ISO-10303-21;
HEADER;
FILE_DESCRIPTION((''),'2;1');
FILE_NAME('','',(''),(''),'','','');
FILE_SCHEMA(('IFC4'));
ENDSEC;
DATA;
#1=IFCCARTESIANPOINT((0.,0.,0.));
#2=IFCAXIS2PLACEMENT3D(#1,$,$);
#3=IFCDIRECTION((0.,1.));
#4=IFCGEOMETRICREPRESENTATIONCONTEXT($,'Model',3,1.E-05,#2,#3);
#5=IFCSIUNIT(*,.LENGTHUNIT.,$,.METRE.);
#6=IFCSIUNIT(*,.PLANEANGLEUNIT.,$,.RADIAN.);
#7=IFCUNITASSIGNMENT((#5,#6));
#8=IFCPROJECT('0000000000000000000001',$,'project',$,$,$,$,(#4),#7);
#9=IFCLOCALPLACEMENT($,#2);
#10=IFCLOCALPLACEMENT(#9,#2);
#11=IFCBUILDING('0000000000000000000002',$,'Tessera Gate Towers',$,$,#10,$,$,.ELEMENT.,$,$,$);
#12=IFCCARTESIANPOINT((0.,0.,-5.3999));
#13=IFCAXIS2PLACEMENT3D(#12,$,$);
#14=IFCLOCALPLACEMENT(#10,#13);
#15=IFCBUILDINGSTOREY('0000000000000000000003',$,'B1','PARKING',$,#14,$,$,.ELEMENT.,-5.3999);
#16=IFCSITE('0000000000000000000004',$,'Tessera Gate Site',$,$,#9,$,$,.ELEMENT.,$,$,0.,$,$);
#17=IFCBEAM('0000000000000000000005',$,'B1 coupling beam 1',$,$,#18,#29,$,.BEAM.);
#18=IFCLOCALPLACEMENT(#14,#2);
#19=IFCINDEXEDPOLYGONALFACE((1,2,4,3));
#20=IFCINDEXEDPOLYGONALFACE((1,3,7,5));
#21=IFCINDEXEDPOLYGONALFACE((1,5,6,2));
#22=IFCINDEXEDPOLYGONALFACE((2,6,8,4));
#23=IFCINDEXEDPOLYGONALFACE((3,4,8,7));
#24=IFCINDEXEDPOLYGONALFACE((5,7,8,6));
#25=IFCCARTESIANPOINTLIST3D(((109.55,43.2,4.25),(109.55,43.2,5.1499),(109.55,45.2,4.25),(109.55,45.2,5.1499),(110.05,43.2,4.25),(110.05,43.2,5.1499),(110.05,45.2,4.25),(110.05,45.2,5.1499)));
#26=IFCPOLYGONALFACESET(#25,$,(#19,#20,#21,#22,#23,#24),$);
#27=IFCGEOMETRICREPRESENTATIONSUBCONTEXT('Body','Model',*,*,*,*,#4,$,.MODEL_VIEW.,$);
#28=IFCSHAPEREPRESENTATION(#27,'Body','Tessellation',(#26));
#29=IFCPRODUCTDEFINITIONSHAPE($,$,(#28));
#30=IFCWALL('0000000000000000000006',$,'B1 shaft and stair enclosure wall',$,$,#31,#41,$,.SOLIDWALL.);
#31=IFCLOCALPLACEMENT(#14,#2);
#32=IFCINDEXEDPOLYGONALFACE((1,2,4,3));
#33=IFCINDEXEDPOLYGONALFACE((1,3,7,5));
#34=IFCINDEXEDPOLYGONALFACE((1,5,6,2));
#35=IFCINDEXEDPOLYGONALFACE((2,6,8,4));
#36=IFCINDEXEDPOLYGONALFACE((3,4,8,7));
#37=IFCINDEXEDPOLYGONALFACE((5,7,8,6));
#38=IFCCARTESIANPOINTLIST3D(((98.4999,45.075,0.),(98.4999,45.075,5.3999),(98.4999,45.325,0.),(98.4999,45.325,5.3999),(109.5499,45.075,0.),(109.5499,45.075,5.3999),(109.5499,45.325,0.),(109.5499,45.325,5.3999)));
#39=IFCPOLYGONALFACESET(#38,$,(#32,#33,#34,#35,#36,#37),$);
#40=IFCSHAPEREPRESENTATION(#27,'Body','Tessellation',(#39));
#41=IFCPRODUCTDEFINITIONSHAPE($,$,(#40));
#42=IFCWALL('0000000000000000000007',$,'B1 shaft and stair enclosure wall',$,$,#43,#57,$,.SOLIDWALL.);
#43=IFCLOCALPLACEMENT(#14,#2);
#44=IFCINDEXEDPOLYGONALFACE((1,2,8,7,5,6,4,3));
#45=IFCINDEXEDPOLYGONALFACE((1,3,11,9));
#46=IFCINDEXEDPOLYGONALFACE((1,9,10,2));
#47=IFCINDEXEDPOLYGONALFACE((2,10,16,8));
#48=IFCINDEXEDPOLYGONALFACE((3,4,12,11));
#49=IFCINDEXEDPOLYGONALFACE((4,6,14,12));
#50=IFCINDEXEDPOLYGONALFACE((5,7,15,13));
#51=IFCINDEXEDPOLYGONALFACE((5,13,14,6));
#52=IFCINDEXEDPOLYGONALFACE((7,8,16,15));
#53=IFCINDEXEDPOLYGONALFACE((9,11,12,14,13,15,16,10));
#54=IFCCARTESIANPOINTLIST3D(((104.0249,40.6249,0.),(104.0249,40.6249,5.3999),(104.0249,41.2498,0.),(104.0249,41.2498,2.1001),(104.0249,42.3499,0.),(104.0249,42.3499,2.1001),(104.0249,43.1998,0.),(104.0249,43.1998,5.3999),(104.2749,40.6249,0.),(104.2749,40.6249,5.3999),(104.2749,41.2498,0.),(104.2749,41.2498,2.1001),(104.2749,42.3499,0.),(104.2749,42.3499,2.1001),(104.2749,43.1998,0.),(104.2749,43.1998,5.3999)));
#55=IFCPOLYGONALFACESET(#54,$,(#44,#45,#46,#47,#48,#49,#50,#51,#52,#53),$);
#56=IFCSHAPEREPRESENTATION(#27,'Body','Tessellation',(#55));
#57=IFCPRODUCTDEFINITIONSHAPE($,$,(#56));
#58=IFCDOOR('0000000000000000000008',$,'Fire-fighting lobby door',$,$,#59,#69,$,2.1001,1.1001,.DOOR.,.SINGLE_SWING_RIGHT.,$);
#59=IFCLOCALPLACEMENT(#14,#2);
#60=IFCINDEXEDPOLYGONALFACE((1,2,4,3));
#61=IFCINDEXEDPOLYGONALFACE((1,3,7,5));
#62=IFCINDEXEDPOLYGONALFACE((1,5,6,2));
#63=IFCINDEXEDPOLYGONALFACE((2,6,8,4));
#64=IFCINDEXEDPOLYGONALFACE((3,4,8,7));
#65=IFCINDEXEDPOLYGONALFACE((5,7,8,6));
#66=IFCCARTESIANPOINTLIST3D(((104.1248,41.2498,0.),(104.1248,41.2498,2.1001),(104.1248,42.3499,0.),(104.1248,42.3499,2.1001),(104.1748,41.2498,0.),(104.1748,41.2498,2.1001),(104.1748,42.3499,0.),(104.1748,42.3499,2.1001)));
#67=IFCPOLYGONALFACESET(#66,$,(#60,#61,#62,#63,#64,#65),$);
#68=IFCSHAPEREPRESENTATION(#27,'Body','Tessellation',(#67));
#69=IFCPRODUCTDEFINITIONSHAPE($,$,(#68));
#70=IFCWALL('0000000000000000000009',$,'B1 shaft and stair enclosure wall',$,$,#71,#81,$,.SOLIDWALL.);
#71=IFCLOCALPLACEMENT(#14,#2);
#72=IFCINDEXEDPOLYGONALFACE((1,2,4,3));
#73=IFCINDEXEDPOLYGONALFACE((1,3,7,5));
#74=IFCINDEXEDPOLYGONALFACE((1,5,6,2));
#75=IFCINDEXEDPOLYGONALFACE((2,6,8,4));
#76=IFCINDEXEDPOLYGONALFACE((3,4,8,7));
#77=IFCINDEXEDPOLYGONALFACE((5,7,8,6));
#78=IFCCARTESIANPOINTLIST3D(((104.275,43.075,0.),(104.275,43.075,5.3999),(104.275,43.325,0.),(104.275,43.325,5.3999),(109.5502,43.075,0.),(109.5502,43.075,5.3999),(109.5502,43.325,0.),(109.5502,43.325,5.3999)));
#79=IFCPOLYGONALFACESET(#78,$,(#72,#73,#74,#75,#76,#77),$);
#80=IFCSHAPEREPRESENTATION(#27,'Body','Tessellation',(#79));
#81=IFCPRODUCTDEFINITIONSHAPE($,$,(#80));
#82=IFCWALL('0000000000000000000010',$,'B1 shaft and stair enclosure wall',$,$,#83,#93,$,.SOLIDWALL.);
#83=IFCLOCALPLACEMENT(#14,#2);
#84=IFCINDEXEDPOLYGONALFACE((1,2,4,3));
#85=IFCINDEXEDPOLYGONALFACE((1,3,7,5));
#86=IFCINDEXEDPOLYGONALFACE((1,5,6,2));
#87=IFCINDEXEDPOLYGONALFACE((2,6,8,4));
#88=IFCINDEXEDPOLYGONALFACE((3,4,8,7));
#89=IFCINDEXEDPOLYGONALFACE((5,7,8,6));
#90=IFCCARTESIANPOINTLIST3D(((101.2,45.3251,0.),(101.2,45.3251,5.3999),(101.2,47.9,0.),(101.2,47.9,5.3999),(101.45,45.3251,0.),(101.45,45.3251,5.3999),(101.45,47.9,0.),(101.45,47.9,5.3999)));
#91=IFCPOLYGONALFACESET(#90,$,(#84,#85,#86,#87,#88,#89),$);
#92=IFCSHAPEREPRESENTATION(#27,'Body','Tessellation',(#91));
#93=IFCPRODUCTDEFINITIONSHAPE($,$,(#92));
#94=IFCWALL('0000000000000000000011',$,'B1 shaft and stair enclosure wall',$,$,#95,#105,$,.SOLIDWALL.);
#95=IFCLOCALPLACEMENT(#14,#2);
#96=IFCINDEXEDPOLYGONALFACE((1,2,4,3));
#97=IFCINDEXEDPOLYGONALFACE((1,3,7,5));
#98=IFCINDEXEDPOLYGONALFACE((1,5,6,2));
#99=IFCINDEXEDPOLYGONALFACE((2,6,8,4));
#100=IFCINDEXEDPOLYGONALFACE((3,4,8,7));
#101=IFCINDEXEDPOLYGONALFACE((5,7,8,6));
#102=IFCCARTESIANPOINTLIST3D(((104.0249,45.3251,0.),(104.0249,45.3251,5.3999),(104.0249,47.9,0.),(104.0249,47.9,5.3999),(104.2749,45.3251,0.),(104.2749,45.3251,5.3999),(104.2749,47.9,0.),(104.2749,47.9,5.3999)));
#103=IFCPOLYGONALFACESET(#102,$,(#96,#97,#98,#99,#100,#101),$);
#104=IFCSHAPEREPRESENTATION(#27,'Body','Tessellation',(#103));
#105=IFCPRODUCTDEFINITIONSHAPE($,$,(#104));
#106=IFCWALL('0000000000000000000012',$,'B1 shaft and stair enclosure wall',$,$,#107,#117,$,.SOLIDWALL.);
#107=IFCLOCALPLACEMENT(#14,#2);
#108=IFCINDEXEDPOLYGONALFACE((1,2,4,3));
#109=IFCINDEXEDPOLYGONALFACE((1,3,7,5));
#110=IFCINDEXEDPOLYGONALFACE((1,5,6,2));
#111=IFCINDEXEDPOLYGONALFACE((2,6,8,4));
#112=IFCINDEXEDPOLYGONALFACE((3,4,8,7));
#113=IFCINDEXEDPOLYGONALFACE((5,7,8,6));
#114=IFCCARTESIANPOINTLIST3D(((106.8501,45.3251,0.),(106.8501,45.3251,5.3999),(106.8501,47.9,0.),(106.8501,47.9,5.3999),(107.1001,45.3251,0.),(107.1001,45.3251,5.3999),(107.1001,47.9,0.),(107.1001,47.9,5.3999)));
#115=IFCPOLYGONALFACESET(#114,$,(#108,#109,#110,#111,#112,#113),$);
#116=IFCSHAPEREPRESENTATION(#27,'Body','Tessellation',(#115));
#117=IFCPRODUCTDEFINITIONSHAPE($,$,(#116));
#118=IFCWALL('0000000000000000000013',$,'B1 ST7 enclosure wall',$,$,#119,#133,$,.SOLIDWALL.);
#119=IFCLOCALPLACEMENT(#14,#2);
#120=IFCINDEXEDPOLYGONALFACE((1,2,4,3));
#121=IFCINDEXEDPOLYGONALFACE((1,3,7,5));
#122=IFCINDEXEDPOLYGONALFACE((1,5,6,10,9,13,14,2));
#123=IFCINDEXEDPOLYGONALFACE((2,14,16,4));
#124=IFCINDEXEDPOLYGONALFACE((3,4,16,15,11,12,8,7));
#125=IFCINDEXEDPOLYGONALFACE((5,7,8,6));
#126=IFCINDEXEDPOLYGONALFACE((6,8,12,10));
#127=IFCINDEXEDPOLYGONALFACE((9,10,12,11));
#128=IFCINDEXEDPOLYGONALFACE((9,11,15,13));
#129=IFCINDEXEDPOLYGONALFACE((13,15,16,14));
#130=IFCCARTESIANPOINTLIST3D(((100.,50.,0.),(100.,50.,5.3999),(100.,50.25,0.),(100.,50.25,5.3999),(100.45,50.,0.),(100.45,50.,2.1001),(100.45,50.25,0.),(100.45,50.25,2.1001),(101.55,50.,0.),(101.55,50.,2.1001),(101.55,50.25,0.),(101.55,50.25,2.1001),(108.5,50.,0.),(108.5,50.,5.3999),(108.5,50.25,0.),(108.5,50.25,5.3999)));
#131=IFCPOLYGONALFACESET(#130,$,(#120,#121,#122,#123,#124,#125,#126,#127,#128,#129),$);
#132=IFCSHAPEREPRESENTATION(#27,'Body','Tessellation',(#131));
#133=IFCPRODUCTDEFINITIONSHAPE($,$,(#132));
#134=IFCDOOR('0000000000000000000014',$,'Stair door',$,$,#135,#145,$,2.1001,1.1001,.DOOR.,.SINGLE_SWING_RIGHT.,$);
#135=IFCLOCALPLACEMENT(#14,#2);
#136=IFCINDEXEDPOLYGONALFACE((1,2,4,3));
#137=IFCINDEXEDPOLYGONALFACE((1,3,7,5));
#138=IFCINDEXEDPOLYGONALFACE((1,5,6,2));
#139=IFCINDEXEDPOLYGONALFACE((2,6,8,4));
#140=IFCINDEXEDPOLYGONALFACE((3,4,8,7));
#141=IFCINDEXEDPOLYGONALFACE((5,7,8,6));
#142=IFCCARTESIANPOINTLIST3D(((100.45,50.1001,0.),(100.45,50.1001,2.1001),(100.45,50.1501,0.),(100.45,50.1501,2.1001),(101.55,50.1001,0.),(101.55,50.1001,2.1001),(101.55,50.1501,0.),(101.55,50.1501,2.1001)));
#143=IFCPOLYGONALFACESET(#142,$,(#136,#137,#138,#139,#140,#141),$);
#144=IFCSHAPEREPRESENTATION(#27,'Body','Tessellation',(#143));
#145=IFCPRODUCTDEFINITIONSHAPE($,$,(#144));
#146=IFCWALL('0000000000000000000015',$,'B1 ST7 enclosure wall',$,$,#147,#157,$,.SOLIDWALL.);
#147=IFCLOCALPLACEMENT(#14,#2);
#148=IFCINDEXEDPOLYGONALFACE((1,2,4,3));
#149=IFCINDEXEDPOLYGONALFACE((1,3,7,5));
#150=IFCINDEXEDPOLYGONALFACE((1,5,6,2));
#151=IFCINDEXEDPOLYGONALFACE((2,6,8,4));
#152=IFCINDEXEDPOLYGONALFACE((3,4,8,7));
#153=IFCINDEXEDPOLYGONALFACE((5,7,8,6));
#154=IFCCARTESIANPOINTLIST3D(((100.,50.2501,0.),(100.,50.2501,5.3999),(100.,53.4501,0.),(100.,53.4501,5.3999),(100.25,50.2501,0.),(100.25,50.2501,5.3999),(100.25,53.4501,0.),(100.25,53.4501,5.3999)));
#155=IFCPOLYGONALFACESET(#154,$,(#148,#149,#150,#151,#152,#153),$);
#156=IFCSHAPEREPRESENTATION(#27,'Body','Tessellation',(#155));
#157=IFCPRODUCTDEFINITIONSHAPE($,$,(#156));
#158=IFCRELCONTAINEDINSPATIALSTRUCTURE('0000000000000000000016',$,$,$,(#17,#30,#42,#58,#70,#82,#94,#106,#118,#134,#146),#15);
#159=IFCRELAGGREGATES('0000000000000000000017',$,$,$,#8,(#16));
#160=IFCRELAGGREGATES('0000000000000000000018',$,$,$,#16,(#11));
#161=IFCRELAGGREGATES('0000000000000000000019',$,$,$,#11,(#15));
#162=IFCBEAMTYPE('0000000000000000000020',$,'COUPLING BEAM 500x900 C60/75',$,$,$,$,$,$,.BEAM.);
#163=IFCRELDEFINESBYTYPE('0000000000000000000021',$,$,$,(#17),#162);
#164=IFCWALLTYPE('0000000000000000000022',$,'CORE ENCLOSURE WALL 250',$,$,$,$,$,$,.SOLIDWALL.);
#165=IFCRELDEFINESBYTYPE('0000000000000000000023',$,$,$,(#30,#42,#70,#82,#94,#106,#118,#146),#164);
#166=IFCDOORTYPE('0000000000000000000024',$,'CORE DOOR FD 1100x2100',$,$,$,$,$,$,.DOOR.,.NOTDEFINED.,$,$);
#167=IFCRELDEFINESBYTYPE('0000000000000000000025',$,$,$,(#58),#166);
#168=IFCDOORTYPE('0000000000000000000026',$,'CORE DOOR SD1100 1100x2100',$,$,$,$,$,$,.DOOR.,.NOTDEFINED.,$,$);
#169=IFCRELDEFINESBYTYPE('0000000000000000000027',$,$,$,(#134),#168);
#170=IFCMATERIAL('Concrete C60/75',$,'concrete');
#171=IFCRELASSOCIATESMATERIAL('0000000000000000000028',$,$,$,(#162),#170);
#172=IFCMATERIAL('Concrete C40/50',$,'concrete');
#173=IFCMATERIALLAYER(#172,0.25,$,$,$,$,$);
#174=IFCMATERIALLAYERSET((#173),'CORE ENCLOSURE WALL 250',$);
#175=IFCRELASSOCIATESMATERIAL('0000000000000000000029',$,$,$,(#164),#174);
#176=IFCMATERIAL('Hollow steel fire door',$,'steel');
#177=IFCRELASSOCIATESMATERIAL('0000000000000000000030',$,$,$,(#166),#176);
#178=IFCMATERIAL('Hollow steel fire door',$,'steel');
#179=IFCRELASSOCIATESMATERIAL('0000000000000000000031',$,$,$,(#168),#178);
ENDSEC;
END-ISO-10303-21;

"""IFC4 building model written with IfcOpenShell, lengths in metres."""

from ifc_helpers import new_model, si_unit, direction, frame, frame_2d, origin, origin_2d, place, context, subcontext, project, spatial, rectangle, extrude, source, transform, mapped, material, layer, layer_set, material_profile, profile_set, type_object, element, fill, save


model = new_model("IFC4")

# Units and contexts
model_context = context("Model", 3, precision=1e-05, world=origin(), true_north=direction((0.0, 1.0)))
body_context = subcontext(model_context, "Body", "Model", "MODEL_VIEW")
ifc_project = project(units=[si_unit("LENGTHUNIT", "METRE"), si_unit("PLANEANGLEUNIT", "RADIAN")], contexts=[model_context])

# Site, building, storey
site_placement = place(None, origin())
site = spatial("IfcSite", under=ifc_project, at=site_placement, Name="Tessera Gate Site", CompositionType="ELEMENT", RefElevation=0.0)
building_placement = place(site_placement, origin())
building = spatial("IfcBuilding", under=site, at=building_placement, Name="Tessera Gate Towers", CompositionType="ELEMENT")
storey_placement = place(building_placement, frame((0.0, 0.0, -5.3999)))
storey = spatial("IfcBuildingStorey", under=building, at=storey_placement, Name="B1", Description="PARKING", CompositionType="ELEMENT", Elevation=-5.3999)

# Beam
ifc_material_1 = material(Name="Concrete C60/75", Category="concrete")
ifc_material_profile_1 = material_profile(ifc_material_1, rectangle(XDim=0.5, YDim=0.8999, at=origin_2d()), Name="RC 500x900")
ifc_profile_set_1 = profile_set([ifc_material_profile_1], Name="Concrete C60/75")
beam_type = type_object("IfcBeamType", Name="COUPLING BEAM 500x900 C60/75", PredefinedType="BEAM", material=ifc_profile_set_1)
beam_placement = place(storey_placement, frame((109.8, 43.2, 4.7), z_axis=(0.0, 1.0, 0.0), x_axis=(-1.0, 0.0, 0.0)))
element("IfcBeam", 1, at=beam_placement, inside=storey, type_object=beam_type, Name="B1 coupling beam 1", PredefinedType="BEAM", context=body_context, shape_type="SweptSolid", body=[
    extrude(rectangle(XDim=0.5, YDim=0.8999, at=origin_2d()), origin(), (0.0, 0.0, 1.0), 2.0),
])

# Wall
ifc_material_2 = material(Name="Concrete C40/50", Category="concrete")
ifc_layer_1 = layer(ifc_material_2, 0.25)
ifc_layer_set_1 = layer_set([ifc_layer_1], Name="CORE ENCLOSURE WALL 250")
wall_type_1 = type_object("IfcWallType", Name="CORE ENCLOSURE WALL 250", PredefinedType="SOLIDWALL", material=ifc_layer_set_1)
wall_1_placement = place(storey_placement, frame((98.5, 45.2, 0.0), z_axis=(0.0, 0.0, 1.0), x_axis=(1.0, 0.0, 0.0)))
element("IfcWall", 2, at=wall_1_placement, inside=storey, type_object=wall_type_1, Name="B1 shaft and stair enclosure wall", PredefinedType="SOLIDWALL", context=body_context, shape_type="SweptSolid", body=[
    extrude(rectangle(XDim=11.05, YDim=0.25, at=frame_2d((5.5249, 0.0))), origin(), (0.0, 0.0, 1.0), 5.3999),
])

# Wall, opening, door
wall_2_placement = place(storey_placement, frame((104.1499, 43.2, 0.0), z_axis=(0.0, 0.0, 1.0), x_axis=(0.0, -1.0, 0.0)))
wall_2 = element("IfcWall", 3, at=wall_2_placement, inside=storey, type_object=wall_type_1, Name="B1 shaft and stair enclosure wall", PredefinedType="SOLIDWALL", context=body_context, shape_type="SweptSolid", body=[
    extrude(rectangle(XDim=2.575, YDim=0.25, at=frame_2d((1.2876, 0.0))), origin(), (0.0, 0.0, 1.0), 5.3999),
])
shared_shape_1 = source(origin(), body_context, "Body", "SweptSolid", [
    extrude(rectangle(XDim=1.1001, YDim=2.1001, at=frame_2d((0.55, 1.05))), frame((0.0, 0.135, 0.0), z_axis=(0.0, -1.0, 0.0), x_axis=(1.0, 0.0, 0.0)), (0.0, 0.0, 1.0), 0.27),
])
opening_1_placement = place(wall_2_placement, frame((0.8501, 0.0, 0.0)))
opening_1 = element("IfcOpeningElement", 4, at=opening_1_placement, cuts=wall_2, PredefinedType="OPENING", context=body_context, shape_type="MappedRepresentation", body=[
    mapped(shared_shape_1, transform((0.0, 0.0, 0.0), scale=1.0)),
])
ifc_material_3 = material(Name="Hollow steel fire door", Category="steel")
door_type_1 = type_object("IfcDoorType", Name="CORE DOOR FD 1100x2100", OperationType="NOTDEFINED", PredefinedType="DOOR", material=ifc_material_3)
shared_shape_2 = source(origin(), body_context, "Body", "SweptSolid", [
    extrude(rectangle(XDim=1.1001, YDim=2.1001, at=frame_2d((0.55, 1.05))), frame((0.0, 0.0249, 0.0), z_axis=(0.0, -1.0, 0.0), x_axis=(1.0, 0.0, 0.0)), (0.0, 0.0, 1.0), 0.05),
])
door_1_placement = place(opening_1_placement, origin())
door_1 = element("IfcDoor", 5, at=door_1_placement, inside=storey, type_object=door_type_1, Name="Fire-fighting lobby door", OperationType="SINGLE_SWING_RIGHT", OverallHeight=2.1001, OverallWidth=1.1001, PredefinedType="DOOR", context=body_context, shape_type="MappedRepresentation", body=[
    mapped(shared_shape_2, transform((0.0, 0.0, 0.0), scale=1.0)),
])
fill(opening_1, door_1)

# Walls
wall_3_placement = place(storey_placement, frame((104.2749, 43.2, 0.0), z_axis=(0.0, 0.0, 1.0), x_axis=(1.0, 0.0, 0.0)))
element("IfcWall", 6, at=wall_3_placement, inside=storey, type_object=wall_type_1, Name="B1 shaft and stair enclosure wall", PredefinedType="SOLIDWALL", context=body_context, shape_type="SweptSolid", body=[
    extrude(rectangle(XDim=5.2751, YDim=0.25, at=frame_2d((2.6377, 0.0))), origin(), (0.0, 0.0, 1.0), 5.3999),
])
for number, where, z_axis, x_axis, name in (
    (7, (101.325, 45.325, 0.0), (0.0, 0.0, 1.0), (0.0, 1.0, 0.0), "B1 shaft and stair enclosure wall"),
    (8, (104.1499, 45.325, 0.0), (0.0, 0.0, 1.0), (0.0, 1.0, 0.0), "B1 shaft and stair enclosure wall"),
    (9, (106.9751, 45.325, 0.0), (0.0, 0.0, 1.0), (0.0, 1.0, 0.0), "B1 shaft and stair enclosure wall"),
):
    element("IfcWall", number, at=place(storey_placement, frame(where, z_axis=z_axis, x_axis=x_axis)), inside=storey, type_object=wall_type_1, Name=name, PredefinedType="SOLIDWALL", context=body_context, shape_type="SweptSolid", body=[
        extrude(rectangle(XDim=2.575, YDim=0.25, at=frame_2d((1.2876, 0.0))), origin(), (0.0, 0.0, 1.0), 5.3999),
    ])

# Wall, opening, door
wall_4_placement = place(storey_placement, frame((108.5, 50.125, 0.0), z_axis=(0.0, 0.0, 1.0), x_axis=(-1.0, 0.0, 0.0)))
wall_4 = element("IfcWall", 10, at=wall_4_placement, inside=storey, type_object=wall_type_1, Name="B1 ST7 enclosure wall", PredefinedType="SOLIDWALL", context=body_context, shape_type="SweptSolid", body=[
    extrude(rectangle(XDim=8.5, YDim=0.25, at=frame_2d((4.25, 0.0))), origin(), (0.0, 0.0, 1.0), 5.3999),
])
opening_2_placement = place(wall_4_placement, frame((6.95, 0.0, 0.0)))
opening_2 = element("IfcOpeningElement", 11, at=opening_2_placement, cuts=wall_4, PredefinedType="OPENING", context=body_context, shape_type="MappedRepresentation", body=[
    mapped(shared_shape_1, transform((0.0, 0.0, 0.0), scale=1.0)),
])
ifc_material_4 = material(Name="Hollow steel fire door", Category="steel")
door_type_2 = type_object("IfcDoorType", Name="CORE DOOR SD1100 1100x2100", OperationType="NOTDEFINED", PredefinedType="DOOR", material=ifc_material_4)
door_2_placement = place(opening_2_placement, origin())
door_2 = element("IfcDoor", 12, at=door_2_placement, inside=storey, type_object=door_type_2, Name="Stair door", OperationType="SINGLE_SWING_RIGHT", OverallHeight=2.1001, OverallWidth=1.1001, PredefinedType="DOOR", context=body_context, shape_type="MappedRepresentation", body=[
    mapped(shared_shape_2, transform((0.0, 0.0, 0.0), scale=1.0)),
])
fill(opening_2, door_2)

# Wall
wall_5_placement = place(storey_placement, frame((100.125, 50.25, 0.0), z_axis=(0.0, 0.0, 1.0), x_axis=(0.0, 1.0, 0.0)))
element("IfcWall", 13, at=wall_5_placement, inside=storey, type_object=wall_type_1, Name="B1 ST7 enclosure wall", PredefinedType="SOLIDWALL", context=body_context, shape_type="SweptSolid", body=[
    extrude(rectangle(XDim=3.2, YDim=0.25, at=frame_2d((1.6001, 0.0))), origin(), (0.0, 0.0, 1.0), 5.3999),
])

save(model, "model.ifc")
